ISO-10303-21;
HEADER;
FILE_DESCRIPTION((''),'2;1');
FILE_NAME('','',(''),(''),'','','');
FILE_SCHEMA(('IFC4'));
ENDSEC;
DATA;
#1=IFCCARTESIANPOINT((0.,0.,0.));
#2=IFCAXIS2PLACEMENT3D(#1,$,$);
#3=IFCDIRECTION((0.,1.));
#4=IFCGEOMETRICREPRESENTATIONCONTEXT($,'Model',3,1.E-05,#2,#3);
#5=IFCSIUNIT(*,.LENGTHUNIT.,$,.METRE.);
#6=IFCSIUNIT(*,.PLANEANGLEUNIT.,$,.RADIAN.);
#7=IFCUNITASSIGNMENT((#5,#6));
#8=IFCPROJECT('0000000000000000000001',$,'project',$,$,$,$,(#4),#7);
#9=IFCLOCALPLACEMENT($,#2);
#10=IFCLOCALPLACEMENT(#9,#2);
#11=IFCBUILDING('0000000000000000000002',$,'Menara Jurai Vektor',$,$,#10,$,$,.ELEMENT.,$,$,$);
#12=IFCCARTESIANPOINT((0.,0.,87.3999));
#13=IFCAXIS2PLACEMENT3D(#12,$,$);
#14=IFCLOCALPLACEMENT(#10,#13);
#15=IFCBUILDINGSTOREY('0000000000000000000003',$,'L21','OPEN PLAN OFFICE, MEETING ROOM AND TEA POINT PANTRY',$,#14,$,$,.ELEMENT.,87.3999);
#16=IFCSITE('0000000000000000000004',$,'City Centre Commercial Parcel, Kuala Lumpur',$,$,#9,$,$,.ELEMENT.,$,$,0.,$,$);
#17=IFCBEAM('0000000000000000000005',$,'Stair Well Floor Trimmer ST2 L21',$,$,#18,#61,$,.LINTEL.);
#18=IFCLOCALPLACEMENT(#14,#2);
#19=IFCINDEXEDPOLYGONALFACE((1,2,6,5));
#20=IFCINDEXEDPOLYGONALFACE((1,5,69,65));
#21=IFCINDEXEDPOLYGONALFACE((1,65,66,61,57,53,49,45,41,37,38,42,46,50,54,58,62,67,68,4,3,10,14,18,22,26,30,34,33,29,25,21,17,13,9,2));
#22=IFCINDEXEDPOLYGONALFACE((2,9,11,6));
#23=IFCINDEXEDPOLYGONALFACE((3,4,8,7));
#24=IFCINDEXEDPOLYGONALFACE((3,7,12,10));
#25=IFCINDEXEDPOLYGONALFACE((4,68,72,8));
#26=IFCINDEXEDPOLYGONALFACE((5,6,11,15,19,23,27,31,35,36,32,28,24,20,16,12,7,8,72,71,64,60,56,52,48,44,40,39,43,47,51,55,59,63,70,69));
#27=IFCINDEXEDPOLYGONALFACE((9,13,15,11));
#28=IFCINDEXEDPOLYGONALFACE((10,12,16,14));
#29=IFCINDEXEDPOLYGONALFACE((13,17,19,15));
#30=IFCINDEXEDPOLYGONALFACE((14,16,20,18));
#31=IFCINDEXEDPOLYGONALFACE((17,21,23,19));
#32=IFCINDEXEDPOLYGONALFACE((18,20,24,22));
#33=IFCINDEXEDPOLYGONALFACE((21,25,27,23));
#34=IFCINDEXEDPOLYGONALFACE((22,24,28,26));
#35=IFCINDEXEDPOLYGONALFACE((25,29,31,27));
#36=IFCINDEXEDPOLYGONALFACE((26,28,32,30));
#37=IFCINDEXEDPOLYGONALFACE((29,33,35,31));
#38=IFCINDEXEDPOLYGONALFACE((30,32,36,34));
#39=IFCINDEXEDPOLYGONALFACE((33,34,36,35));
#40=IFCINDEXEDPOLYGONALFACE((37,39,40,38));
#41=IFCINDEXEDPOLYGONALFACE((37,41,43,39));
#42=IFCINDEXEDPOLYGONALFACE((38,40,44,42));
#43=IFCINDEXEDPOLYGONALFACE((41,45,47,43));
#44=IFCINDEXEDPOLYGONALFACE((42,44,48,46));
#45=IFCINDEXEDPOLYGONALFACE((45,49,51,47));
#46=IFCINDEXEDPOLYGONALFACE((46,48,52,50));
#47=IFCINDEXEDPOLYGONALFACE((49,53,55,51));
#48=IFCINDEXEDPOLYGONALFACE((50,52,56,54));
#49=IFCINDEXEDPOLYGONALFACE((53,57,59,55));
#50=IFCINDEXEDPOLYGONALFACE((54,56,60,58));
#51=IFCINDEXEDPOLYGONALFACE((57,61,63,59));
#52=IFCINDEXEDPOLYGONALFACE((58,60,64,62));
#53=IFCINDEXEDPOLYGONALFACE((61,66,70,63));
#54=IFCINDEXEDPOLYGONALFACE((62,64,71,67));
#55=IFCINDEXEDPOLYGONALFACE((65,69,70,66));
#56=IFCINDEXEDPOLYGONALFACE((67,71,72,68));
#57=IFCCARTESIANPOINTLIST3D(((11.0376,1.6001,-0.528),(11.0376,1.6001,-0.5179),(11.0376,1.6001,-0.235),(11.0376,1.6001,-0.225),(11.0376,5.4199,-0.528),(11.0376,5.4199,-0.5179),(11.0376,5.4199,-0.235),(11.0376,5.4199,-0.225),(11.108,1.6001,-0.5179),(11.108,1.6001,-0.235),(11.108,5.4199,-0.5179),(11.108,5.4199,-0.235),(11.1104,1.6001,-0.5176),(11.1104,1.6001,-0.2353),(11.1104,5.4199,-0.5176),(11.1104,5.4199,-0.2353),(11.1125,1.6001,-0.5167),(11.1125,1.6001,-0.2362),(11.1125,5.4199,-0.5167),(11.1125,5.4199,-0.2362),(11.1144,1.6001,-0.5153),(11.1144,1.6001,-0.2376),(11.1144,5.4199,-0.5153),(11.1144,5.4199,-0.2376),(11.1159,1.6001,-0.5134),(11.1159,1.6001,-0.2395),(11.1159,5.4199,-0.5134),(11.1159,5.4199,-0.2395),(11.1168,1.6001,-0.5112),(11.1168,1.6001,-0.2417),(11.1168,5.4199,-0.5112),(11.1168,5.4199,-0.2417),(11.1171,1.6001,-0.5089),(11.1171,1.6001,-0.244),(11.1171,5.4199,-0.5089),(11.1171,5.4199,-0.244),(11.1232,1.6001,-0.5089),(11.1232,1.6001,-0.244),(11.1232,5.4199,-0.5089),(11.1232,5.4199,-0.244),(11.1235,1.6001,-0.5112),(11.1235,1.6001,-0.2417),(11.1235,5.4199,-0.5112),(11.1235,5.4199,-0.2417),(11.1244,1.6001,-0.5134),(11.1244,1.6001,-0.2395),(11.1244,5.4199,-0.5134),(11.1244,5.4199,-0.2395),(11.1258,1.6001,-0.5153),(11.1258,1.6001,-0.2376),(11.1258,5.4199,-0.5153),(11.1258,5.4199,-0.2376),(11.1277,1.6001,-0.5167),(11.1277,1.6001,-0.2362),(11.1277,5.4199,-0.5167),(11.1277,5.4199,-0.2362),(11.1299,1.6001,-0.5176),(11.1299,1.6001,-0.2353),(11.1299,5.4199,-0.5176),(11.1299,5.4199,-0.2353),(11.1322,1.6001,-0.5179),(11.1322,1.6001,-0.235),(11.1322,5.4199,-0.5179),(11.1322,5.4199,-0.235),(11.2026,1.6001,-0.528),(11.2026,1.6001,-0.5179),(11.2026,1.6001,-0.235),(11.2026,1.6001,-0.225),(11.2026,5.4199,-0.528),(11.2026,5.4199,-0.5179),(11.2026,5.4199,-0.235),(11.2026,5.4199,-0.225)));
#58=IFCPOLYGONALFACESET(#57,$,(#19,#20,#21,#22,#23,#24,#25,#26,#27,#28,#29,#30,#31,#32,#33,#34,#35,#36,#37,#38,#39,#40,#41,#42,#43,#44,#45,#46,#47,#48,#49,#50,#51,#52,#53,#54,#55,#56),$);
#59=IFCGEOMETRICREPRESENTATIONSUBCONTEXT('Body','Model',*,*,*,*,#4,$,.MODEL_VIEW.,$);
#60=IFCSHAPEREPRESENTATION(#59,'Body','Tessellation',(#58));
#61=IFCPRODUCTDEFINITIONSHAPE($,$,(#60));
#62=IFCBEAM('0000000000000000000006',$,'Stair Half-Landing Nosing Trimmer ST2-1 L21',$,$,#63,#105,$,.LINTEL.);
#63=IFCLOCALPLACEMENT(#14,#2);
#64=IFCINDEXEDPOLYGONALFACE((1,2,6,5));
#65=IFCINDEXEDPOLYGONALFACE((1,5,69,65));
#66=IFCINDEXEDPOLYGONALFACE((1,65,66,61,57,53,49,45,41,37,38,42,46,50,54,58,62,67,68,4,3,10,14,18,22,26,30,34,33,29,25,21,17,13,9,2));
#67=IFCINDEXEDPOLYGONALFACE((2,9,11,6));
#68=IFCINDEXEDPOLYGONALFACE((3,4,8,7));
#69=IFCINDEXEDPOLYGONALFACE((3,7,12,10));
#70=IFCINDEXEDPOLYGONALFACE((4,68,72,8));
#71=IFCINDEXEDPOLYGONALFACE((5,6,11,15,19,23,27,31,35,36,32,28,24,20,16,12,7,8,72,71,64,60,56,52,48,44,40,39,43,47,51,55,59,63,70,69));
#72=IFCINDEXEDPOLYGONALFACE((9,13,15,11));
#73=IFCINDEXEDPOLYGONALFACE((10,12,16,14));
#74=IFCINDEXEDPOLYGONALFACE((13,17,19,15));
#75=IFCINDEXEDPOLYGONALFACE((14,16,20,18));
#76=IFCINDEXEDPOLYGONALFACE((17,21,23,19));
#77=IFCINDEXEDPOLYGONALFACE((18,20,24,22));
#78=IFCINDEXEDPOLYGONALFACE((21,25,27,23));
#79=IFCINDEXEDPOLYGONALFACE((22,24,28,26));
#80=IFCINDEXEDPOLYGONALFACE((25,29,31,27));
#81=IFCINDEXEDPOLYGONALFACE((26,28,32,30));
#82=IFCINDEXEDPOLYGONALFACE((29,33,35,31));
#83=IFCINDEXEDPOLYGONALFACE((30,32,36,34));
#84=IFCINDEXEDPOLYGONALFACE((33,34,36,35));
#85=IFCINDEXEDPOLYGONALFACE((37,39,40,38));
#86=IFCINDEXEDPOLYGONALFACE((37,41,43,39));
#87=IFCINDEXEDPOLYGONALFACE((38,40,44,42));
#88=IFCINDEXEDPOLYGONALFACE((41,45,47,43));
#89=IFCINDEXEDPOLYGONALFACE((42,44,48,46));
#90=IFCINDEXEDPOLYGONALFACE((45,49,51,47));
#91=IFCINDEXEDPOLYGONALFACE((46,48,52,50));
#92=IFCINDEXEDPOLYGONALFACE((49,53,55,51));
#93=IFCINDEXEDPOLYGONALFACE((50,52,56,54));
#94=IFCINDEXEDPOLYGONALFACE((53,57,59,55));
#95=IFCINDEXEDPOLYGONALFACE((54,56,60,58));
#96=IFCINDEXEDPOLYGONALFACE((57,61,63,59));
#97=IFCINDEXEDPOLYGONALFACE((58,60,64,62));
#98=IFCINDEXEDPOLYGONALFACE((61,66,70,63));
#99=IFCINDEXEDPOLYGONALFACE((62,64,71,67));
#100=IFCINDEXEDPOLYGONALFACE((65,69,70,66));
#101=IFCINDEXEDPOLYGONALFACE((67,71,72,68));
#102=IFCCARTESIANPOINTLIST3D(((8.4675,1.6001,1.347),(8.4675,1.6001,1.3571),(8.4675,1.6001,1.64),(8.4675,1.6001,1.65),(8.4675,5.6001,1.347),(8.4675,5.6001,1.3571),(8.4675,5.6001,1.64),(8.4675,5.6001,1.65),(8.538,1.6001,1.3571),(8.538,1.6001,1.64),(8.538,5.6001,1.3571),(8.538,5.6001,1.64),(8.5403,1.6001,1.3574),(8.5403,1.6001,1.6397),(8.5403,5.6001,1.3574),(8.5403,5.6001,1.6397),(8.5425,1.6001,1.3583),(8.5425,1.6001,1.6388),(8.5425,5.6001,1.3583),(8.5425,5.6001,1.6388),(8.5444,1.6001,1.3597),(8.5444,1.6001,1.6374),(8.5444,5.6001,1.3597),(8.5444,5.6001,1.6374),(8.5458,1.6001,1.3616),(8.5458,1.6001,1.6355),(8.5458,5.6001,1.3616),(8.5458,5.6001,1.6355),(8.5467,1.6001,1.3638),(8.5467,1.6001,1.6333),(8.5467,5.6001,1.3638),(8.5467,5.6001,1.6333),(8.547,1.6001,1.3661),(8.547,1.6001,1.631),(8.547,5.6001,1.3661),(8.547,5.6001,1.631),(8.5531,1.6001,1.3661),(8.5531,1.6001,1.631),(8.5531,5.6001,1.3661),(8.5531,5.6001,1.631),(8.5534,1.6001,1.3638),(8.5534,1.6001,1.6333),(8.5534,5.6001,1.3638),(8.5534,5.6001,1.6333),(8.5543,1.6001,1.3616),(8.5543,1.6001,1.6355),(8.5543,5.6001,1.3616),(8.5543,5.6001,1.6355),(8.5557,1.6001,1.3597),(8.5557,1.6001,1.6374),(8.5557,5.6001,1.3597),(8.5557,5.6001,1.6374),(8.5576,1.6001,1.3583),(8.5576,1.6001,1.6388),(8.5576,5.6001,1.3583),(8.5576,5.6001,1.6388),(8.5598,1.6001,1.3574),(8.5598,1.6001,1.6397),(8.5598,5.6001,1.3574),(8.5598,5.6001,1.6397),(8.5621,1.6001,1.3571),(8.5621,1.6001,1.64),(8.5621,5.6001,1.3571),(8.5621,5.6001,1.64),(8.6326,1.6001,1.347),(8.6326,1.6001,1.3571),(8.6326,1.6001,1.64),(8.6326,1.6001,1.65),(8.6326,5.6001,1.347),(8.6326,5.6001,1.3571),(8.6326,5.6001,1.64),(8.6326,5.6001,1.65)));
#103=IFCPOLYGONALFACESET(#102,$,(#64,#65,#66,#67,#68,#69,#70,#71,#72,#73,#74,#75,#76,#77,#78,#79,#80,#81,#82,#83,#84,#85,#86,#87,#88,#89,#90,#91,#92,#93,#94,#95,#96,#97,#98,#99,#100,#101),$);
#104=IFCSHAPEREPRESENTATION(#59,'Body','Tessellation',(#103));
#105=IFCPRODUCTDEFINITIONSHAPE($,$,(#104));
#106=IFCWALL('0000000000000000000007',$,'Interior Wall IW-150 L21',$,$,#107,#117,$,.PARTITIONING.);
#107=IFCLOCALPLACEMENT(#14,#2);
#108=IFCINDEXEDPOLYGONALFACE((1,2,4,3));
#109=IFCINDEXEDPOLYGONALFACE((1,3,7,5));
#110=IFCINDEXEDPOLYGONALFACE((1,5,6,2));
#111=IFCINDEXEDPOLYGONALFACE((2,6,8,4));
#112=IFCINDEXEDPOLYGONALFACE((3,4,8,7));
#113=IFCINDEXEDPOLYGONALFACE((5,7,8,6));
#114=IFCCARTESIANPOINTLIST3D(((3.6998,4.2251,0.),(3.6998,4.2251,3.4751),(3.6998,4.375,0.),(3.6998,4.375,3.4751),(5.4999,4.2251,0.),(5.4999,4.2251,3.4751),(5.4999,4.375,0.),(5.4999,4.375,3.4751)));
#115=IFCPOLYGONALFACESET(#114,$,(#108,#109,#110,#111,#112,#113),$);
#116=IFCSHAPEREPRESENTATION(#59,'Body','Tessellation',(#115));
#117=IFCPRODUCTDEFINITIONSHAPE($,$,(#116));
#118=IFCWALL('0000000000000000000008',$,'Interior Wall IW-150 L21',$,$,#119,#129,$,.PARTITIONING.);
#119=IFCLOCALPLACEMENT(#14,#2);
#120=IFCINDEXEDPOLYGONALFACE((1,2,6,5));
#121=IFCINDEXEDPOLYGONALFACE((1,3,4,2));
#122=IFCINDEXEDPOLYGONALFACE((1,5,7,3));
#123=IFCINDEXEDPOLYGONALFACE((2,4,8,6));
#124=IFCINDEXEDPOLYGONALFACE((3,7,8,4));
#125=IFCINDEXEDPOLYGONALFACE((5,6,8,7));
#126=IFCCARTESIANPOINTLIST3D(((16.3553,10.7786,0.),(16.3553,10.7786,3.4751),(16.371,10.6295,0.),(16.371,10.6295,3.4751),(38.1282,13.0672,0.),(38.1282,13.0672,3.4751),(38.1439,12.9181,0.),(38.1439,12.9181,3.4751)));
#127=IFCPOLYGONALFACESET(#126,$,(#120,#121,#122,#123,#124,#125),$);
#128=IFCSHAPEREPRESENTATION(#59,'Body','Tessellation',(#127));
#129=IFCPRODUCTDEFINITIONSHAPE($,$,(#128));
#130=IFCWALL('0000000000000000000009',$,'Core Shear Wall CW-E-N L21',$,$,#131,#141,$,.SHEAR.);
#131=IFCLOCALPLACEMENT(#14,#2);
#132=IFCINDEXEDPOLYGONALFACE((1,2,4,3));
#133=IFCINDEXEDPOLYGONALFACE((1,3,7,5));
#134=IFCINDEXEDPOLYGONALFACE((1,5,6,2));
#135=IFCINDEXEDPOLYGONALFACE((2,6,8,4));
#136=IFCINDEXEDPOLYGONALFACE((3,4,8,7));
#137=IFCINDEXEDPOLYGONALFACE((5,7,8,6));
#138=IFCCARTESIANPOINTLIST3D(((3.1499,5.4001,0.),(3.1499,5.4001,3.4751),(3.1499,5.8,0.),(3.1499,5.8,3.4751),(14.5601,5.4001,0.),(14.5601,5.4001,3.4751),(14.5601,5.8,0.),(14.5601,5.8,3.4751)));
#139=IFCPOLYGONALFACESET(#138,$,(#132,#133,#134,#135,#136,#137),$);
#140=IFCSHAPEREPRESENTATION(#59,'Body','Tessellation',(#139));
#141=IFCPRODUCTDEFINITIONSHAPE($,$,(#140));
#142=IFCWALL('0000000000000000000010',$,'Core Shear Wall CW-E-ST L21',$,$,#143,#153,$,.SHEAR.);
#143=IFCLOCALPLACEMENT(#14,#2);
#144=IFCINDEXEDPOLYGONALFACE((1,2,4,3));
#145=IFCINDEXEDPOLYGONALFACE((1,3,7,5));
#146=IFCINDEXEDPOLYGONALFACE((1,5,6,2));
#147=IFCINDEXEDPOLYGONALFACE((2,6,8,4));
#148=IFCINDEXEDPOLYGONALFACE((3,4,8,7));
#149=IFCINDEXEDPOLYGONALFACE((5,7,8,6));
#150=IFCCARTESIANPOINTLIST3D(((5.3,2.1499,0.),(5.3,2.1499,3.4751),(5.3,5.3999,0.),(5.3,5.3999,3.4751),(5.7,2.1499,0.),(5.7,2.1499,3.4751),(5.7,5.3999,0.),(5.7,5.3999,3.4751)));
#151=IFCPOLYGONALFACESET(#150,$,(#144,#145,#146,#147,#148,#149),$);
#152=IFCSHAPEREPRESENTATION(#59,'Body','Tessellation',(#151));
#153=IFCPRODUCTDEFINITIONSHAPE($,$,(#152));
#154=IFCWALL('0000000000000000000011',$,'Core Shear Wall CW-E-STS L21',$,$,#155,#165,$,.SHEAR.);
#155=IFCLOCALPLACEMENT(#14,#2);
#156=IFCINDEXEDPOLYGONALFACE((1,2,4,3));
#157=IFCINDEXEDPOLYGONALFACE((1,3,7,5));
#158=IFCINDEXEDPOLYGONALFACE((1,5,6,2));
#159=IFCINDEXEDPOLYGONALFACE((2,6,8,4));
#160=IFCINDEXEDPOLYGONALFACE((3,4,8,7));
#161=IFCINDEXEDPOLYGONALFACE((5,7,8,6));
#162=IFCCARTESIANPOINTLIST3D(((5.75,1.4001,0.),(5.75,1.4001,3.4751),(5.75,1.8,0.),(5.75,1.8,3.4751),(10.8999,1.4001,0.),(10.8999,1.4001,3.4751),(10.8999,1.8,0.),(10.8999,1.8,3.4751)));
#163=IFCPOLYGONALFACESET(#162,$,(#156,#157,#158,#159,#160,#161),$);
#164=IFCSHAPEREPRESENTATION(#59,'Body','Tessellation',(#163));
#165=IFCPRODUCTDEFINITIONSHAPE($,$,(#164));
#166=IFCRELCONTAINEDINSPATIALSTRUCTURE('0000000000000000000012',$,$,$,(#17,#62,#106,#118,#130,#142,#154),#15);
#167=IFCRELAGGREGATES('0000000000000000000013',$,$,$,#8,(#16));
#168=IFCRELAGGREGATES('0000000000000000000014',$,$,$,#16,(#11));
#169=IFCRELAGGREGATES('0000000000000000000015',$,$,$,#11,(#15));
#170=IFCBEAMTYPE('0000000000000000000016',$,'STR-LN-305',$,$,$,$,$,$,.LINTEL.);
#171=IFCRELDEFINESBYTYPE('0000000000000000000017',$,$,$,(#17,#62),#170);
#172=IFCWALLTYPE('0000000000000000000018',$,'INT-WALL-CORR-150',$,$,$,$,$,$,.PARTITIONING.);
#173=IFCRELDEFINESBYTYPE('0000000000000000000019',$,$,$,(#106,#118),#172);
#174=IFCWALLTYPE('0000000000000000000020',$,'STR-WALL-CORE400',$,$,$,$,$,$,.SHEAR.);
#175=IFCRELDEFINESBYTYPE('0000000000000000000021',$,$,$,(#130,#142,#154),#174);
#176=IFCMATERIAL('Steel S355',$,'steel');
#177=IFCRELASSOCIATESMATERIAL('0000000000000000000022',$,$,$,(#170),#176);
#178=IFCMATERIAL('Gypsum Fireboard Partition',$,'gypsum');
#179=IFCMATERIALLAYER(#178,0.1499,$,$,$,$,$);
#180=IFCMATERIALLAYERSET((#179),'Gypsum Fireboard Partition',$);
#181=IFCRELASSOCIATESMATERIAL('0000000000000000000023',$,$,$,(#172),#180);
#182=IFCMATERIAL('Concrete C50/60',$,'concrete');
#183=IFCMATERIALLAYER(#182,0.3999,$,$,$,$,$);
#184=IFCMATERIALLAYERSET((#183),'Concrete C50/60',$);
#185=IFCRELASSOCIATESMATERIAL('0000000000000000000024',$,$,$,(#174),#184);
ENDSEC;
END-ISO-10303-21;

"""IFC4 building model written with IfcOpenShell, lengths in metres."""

from ifc_helpers import new_model, si_unit, direction, frame, frame_2d, origin, origin_2d, place, context, subcontext, project, spatial, rectangle, i_section, extrude, material, layer, layer_set, material_profile, profile_set, type_object, element, save


model = new_model("IFC4")

# Units and contexts
model_context = context("Model", 3, precision=1e-05, world=origin(), true_north=direction((0.0, 1.0)))
body_context = subcontext(model_context, "Body", "Model", "MODEL_VIEW")
ifc_project = project(units=[si_unit("LENGTHUNIT", "METRE"), si_unit("PLANEANGLEUNIT", "RADIAN")], contexts=[model_context])

# Site, building, storey
site_placement = place(None, origin())
site = spatial("IfcSite", under=ifc_project, at=site_placement, Name="City Centre Commercial Parcel, Kuala Lumpur", CompositionType="ELEMENT", RefElevation=0.0)
building_placement = place(site_placement, origin())
building = spatial("IfcBuilding", under=site, at=building_placement, Name="Menara Jurai Vektor", CompositionType="ELEMENT")
storey_placement = place(building_placement, frame((0.0, 0.0, 87.3999)))
storey = spatial("IfcBuildingStorey", under=building, at=storey_placement, Name="L21", Description="OPEN PLAN OFFICE, MEETING ROOM AND TEA POINT PANTRY", CompositionType="ELEMENT", Elevation=87.3999)

# Shared definitions
ifc_material_1 = material(Name="Concrete C50/60", Category="concrete")
ifc_material_2 = material(Name="Steel S355", Category="steel")

# Beams
ifc_material_profile_1 = material_profile(ifc_material_2, i_section(OverallWidth=0.165, OverallDepth=0.303, WebThickness=0.0061, FlangeThickness=0.01, FilletRadius=0.009, at=origin_2d()), Name="UKB 305x165x40")
ifc_profile_set_1 = profile_set([ifc_material_profile_1], Name="Steel S355")
beam_type_1 = type_object("IfcBeamType", Name="STR-LN-305", PredefinedType="LINTEL", material=ifc_profile_set_1)
beam_1_placement = place(storey_placement, frame((11.1201, 1.6001, -0.3765), z_axis=(0.0, 1.0, 0.0), x_axis=(-1.0, 0.0, 0.0)))
element("IfcBeam", 1, at=beam_1_placement, inside=storey, type_object=beam_type_1, Name="Stair Well Floor Trimmer ST2 L21", PredefinedType="LINTEL", context=body_context, shape_type="SweptSolid", body=[
    extrude(i_section(OverallWidth=0.165, OverallDepth=0.303, WebThickness=0.0061, FlangeThickness=0.01, FilletRadius=0.009, at=origin_2d()), origin(), (0.0, 0.0, 1.0), 3.8198),
])
beam_2_placement = place(storey_placement, frame((8.55, 1.6001, 1.4985), z_axis=(0.0, 1.0, 0.0), x_axis=(-1.0, 0.0, 0.0)))
element("IfcBeam", 2, at=beam_2_placement, inside=storey, type_object=beam_type_1, Name="Stair Half-Landing Nosing Trimmer ST2-1 L21", PredefinedType="LINTEL", context=body_context, shape_type="SweptSolid", body=[
    extrude(i_section(OverallWidth=0.165, OverallDepth=0.303, WebThickness=0.0061, FlangeThickness=0.01, FilletRadius=0.009, at=origin_2d()), origin(), (0.0, 0.0, 1.0), 4.0),
])

# Walls
ifc_material_3 = material(Name="Gypsum Fireboard Partition", Category="gypsum")
ifc_layer_1 = layer(ifc_material_3, 0.1499)
ifc_layer_set_1 = layer_set([ifc_layer_1], Name="Gypsum Fireboard Partition")
wall_type_1 = type_object("IfcWallType", Name="INT-WALL-CORR-150", PredefinedType="PARTITIONING", material=ifc_layer_set_1)
wall_1_placement = place(storey_placement, frame((3.7, 4.3, 0.0), z_axis=(0.0, 0.0, 1.0), x_axis=(1.0, 0.0, 0.0)))
element("IfcWall", 3, at=wall_1_placement, inside=storey, type_object=wall_type_1, Name="Interior Wall IW-150 L21", PredefinedType="PARTITIONING", context=body_context, shape_type="SweptSolid", body=[
    extrude(rectangle(XDim=1.8, YDim=0.1499, at=frame_2d((0.8999, 0.0))), origin(), (0.0, 0.0, 1.0), 3.4751),
])
wall_2_placement = place(storey_placement, frame((16.3633, 10.7041, 0.0), z_axis=(0.0, 0.0, 1.0), x_axis=(0.994521, 0.104535, 0.0)))
element("IfcWall", 4, at=wall_2_placement, inside=storey, type_object=wall_type_1, Name="Interior Wall IW-150 L21", PredefinedType="PARTITIONING", context=body_context, shape_type="SweptSolid", body=[
    extrude(rectangle(XDim=21.8928, YDim=0.1499, at=frame_2d((10.9463, 0.0))), origin(), (0.0, 0.0, 1.0), 3.4751),
])
ifc_layer_2 = layer(ifc_material_1, 0.3999)
ifc_layer_set_2 = layer_set([ifc_layer_2], Name="Concrete C50/60")
wall_type_2 = type_object("IfcWallType", Name="STR-WALL-CORE400", PredefinedType="SHEAR", material=ifc_layer_set_2)
wall_3_placement = place(storey_placement, frame((3.1499, 5.6001, 0.0), z_axis=(0.0, 0.0, 1.0), x_axis=(1.0, 0.0, 0.0)))
element("IfcWall", 5, at=wall_3_placement, inside=storey, type_object=wall_type_2, Name="Core Shear Wall CW-E-N L21", PredefinedType="SHEAR", context=body_context, shape_type="SweptSolid", body=[
    extrude(rectangle(XDim=11.4102, YDim=0.3999, at=frame_2d((5.7051, 0.0))), origin(), (0.0, 0.0, 1.0), 3.4751),
])
wall_4_placement = place(storey_placement, frame((5.5, 2.1499, 0.0), z_axis=(0.0, 0.0, 1.0), x_axis=(0.0, 1.0, 0.0)))
element("IfcWall", 6, at=wall_4_placement, inside=storey, type_object=wall_type_2, Name="Core Shear Wall CW-E-ST L21", PredefinedType="SHEAR", context=body_context, shape_type="SweptSolid", body=[
    extrude(rectangle(XDim=3.25, YDim=0.3999, at=frame_2d((1.625, 0.0))), origin(), (0.0, 0.0, 1.0), 3.4751),
])
wall_5_placement = place(storey_placement, frame((5.75, 1.6001, 0.0), z_axis=(0.0, 0.0, 1.0), x_axis=(1.0, 0.0, 0.0)))
element("IfcWall", 7, at=wall_5_placement, inside=storey, type_object=wall_type_2, Name="Core Shear Wall CW-E-STS L21", PredefinedType="SHEAR", context=body_context, shape_type="SweptSolid", body=[
    extrude(rectangle(XDim=5.1499, YDim=0.3999, at=frame_2d((2.575, 0.0))), origin(), (0.0, 0.0, 1.0), 3.4751),
])

save(model, "model.ifc")
